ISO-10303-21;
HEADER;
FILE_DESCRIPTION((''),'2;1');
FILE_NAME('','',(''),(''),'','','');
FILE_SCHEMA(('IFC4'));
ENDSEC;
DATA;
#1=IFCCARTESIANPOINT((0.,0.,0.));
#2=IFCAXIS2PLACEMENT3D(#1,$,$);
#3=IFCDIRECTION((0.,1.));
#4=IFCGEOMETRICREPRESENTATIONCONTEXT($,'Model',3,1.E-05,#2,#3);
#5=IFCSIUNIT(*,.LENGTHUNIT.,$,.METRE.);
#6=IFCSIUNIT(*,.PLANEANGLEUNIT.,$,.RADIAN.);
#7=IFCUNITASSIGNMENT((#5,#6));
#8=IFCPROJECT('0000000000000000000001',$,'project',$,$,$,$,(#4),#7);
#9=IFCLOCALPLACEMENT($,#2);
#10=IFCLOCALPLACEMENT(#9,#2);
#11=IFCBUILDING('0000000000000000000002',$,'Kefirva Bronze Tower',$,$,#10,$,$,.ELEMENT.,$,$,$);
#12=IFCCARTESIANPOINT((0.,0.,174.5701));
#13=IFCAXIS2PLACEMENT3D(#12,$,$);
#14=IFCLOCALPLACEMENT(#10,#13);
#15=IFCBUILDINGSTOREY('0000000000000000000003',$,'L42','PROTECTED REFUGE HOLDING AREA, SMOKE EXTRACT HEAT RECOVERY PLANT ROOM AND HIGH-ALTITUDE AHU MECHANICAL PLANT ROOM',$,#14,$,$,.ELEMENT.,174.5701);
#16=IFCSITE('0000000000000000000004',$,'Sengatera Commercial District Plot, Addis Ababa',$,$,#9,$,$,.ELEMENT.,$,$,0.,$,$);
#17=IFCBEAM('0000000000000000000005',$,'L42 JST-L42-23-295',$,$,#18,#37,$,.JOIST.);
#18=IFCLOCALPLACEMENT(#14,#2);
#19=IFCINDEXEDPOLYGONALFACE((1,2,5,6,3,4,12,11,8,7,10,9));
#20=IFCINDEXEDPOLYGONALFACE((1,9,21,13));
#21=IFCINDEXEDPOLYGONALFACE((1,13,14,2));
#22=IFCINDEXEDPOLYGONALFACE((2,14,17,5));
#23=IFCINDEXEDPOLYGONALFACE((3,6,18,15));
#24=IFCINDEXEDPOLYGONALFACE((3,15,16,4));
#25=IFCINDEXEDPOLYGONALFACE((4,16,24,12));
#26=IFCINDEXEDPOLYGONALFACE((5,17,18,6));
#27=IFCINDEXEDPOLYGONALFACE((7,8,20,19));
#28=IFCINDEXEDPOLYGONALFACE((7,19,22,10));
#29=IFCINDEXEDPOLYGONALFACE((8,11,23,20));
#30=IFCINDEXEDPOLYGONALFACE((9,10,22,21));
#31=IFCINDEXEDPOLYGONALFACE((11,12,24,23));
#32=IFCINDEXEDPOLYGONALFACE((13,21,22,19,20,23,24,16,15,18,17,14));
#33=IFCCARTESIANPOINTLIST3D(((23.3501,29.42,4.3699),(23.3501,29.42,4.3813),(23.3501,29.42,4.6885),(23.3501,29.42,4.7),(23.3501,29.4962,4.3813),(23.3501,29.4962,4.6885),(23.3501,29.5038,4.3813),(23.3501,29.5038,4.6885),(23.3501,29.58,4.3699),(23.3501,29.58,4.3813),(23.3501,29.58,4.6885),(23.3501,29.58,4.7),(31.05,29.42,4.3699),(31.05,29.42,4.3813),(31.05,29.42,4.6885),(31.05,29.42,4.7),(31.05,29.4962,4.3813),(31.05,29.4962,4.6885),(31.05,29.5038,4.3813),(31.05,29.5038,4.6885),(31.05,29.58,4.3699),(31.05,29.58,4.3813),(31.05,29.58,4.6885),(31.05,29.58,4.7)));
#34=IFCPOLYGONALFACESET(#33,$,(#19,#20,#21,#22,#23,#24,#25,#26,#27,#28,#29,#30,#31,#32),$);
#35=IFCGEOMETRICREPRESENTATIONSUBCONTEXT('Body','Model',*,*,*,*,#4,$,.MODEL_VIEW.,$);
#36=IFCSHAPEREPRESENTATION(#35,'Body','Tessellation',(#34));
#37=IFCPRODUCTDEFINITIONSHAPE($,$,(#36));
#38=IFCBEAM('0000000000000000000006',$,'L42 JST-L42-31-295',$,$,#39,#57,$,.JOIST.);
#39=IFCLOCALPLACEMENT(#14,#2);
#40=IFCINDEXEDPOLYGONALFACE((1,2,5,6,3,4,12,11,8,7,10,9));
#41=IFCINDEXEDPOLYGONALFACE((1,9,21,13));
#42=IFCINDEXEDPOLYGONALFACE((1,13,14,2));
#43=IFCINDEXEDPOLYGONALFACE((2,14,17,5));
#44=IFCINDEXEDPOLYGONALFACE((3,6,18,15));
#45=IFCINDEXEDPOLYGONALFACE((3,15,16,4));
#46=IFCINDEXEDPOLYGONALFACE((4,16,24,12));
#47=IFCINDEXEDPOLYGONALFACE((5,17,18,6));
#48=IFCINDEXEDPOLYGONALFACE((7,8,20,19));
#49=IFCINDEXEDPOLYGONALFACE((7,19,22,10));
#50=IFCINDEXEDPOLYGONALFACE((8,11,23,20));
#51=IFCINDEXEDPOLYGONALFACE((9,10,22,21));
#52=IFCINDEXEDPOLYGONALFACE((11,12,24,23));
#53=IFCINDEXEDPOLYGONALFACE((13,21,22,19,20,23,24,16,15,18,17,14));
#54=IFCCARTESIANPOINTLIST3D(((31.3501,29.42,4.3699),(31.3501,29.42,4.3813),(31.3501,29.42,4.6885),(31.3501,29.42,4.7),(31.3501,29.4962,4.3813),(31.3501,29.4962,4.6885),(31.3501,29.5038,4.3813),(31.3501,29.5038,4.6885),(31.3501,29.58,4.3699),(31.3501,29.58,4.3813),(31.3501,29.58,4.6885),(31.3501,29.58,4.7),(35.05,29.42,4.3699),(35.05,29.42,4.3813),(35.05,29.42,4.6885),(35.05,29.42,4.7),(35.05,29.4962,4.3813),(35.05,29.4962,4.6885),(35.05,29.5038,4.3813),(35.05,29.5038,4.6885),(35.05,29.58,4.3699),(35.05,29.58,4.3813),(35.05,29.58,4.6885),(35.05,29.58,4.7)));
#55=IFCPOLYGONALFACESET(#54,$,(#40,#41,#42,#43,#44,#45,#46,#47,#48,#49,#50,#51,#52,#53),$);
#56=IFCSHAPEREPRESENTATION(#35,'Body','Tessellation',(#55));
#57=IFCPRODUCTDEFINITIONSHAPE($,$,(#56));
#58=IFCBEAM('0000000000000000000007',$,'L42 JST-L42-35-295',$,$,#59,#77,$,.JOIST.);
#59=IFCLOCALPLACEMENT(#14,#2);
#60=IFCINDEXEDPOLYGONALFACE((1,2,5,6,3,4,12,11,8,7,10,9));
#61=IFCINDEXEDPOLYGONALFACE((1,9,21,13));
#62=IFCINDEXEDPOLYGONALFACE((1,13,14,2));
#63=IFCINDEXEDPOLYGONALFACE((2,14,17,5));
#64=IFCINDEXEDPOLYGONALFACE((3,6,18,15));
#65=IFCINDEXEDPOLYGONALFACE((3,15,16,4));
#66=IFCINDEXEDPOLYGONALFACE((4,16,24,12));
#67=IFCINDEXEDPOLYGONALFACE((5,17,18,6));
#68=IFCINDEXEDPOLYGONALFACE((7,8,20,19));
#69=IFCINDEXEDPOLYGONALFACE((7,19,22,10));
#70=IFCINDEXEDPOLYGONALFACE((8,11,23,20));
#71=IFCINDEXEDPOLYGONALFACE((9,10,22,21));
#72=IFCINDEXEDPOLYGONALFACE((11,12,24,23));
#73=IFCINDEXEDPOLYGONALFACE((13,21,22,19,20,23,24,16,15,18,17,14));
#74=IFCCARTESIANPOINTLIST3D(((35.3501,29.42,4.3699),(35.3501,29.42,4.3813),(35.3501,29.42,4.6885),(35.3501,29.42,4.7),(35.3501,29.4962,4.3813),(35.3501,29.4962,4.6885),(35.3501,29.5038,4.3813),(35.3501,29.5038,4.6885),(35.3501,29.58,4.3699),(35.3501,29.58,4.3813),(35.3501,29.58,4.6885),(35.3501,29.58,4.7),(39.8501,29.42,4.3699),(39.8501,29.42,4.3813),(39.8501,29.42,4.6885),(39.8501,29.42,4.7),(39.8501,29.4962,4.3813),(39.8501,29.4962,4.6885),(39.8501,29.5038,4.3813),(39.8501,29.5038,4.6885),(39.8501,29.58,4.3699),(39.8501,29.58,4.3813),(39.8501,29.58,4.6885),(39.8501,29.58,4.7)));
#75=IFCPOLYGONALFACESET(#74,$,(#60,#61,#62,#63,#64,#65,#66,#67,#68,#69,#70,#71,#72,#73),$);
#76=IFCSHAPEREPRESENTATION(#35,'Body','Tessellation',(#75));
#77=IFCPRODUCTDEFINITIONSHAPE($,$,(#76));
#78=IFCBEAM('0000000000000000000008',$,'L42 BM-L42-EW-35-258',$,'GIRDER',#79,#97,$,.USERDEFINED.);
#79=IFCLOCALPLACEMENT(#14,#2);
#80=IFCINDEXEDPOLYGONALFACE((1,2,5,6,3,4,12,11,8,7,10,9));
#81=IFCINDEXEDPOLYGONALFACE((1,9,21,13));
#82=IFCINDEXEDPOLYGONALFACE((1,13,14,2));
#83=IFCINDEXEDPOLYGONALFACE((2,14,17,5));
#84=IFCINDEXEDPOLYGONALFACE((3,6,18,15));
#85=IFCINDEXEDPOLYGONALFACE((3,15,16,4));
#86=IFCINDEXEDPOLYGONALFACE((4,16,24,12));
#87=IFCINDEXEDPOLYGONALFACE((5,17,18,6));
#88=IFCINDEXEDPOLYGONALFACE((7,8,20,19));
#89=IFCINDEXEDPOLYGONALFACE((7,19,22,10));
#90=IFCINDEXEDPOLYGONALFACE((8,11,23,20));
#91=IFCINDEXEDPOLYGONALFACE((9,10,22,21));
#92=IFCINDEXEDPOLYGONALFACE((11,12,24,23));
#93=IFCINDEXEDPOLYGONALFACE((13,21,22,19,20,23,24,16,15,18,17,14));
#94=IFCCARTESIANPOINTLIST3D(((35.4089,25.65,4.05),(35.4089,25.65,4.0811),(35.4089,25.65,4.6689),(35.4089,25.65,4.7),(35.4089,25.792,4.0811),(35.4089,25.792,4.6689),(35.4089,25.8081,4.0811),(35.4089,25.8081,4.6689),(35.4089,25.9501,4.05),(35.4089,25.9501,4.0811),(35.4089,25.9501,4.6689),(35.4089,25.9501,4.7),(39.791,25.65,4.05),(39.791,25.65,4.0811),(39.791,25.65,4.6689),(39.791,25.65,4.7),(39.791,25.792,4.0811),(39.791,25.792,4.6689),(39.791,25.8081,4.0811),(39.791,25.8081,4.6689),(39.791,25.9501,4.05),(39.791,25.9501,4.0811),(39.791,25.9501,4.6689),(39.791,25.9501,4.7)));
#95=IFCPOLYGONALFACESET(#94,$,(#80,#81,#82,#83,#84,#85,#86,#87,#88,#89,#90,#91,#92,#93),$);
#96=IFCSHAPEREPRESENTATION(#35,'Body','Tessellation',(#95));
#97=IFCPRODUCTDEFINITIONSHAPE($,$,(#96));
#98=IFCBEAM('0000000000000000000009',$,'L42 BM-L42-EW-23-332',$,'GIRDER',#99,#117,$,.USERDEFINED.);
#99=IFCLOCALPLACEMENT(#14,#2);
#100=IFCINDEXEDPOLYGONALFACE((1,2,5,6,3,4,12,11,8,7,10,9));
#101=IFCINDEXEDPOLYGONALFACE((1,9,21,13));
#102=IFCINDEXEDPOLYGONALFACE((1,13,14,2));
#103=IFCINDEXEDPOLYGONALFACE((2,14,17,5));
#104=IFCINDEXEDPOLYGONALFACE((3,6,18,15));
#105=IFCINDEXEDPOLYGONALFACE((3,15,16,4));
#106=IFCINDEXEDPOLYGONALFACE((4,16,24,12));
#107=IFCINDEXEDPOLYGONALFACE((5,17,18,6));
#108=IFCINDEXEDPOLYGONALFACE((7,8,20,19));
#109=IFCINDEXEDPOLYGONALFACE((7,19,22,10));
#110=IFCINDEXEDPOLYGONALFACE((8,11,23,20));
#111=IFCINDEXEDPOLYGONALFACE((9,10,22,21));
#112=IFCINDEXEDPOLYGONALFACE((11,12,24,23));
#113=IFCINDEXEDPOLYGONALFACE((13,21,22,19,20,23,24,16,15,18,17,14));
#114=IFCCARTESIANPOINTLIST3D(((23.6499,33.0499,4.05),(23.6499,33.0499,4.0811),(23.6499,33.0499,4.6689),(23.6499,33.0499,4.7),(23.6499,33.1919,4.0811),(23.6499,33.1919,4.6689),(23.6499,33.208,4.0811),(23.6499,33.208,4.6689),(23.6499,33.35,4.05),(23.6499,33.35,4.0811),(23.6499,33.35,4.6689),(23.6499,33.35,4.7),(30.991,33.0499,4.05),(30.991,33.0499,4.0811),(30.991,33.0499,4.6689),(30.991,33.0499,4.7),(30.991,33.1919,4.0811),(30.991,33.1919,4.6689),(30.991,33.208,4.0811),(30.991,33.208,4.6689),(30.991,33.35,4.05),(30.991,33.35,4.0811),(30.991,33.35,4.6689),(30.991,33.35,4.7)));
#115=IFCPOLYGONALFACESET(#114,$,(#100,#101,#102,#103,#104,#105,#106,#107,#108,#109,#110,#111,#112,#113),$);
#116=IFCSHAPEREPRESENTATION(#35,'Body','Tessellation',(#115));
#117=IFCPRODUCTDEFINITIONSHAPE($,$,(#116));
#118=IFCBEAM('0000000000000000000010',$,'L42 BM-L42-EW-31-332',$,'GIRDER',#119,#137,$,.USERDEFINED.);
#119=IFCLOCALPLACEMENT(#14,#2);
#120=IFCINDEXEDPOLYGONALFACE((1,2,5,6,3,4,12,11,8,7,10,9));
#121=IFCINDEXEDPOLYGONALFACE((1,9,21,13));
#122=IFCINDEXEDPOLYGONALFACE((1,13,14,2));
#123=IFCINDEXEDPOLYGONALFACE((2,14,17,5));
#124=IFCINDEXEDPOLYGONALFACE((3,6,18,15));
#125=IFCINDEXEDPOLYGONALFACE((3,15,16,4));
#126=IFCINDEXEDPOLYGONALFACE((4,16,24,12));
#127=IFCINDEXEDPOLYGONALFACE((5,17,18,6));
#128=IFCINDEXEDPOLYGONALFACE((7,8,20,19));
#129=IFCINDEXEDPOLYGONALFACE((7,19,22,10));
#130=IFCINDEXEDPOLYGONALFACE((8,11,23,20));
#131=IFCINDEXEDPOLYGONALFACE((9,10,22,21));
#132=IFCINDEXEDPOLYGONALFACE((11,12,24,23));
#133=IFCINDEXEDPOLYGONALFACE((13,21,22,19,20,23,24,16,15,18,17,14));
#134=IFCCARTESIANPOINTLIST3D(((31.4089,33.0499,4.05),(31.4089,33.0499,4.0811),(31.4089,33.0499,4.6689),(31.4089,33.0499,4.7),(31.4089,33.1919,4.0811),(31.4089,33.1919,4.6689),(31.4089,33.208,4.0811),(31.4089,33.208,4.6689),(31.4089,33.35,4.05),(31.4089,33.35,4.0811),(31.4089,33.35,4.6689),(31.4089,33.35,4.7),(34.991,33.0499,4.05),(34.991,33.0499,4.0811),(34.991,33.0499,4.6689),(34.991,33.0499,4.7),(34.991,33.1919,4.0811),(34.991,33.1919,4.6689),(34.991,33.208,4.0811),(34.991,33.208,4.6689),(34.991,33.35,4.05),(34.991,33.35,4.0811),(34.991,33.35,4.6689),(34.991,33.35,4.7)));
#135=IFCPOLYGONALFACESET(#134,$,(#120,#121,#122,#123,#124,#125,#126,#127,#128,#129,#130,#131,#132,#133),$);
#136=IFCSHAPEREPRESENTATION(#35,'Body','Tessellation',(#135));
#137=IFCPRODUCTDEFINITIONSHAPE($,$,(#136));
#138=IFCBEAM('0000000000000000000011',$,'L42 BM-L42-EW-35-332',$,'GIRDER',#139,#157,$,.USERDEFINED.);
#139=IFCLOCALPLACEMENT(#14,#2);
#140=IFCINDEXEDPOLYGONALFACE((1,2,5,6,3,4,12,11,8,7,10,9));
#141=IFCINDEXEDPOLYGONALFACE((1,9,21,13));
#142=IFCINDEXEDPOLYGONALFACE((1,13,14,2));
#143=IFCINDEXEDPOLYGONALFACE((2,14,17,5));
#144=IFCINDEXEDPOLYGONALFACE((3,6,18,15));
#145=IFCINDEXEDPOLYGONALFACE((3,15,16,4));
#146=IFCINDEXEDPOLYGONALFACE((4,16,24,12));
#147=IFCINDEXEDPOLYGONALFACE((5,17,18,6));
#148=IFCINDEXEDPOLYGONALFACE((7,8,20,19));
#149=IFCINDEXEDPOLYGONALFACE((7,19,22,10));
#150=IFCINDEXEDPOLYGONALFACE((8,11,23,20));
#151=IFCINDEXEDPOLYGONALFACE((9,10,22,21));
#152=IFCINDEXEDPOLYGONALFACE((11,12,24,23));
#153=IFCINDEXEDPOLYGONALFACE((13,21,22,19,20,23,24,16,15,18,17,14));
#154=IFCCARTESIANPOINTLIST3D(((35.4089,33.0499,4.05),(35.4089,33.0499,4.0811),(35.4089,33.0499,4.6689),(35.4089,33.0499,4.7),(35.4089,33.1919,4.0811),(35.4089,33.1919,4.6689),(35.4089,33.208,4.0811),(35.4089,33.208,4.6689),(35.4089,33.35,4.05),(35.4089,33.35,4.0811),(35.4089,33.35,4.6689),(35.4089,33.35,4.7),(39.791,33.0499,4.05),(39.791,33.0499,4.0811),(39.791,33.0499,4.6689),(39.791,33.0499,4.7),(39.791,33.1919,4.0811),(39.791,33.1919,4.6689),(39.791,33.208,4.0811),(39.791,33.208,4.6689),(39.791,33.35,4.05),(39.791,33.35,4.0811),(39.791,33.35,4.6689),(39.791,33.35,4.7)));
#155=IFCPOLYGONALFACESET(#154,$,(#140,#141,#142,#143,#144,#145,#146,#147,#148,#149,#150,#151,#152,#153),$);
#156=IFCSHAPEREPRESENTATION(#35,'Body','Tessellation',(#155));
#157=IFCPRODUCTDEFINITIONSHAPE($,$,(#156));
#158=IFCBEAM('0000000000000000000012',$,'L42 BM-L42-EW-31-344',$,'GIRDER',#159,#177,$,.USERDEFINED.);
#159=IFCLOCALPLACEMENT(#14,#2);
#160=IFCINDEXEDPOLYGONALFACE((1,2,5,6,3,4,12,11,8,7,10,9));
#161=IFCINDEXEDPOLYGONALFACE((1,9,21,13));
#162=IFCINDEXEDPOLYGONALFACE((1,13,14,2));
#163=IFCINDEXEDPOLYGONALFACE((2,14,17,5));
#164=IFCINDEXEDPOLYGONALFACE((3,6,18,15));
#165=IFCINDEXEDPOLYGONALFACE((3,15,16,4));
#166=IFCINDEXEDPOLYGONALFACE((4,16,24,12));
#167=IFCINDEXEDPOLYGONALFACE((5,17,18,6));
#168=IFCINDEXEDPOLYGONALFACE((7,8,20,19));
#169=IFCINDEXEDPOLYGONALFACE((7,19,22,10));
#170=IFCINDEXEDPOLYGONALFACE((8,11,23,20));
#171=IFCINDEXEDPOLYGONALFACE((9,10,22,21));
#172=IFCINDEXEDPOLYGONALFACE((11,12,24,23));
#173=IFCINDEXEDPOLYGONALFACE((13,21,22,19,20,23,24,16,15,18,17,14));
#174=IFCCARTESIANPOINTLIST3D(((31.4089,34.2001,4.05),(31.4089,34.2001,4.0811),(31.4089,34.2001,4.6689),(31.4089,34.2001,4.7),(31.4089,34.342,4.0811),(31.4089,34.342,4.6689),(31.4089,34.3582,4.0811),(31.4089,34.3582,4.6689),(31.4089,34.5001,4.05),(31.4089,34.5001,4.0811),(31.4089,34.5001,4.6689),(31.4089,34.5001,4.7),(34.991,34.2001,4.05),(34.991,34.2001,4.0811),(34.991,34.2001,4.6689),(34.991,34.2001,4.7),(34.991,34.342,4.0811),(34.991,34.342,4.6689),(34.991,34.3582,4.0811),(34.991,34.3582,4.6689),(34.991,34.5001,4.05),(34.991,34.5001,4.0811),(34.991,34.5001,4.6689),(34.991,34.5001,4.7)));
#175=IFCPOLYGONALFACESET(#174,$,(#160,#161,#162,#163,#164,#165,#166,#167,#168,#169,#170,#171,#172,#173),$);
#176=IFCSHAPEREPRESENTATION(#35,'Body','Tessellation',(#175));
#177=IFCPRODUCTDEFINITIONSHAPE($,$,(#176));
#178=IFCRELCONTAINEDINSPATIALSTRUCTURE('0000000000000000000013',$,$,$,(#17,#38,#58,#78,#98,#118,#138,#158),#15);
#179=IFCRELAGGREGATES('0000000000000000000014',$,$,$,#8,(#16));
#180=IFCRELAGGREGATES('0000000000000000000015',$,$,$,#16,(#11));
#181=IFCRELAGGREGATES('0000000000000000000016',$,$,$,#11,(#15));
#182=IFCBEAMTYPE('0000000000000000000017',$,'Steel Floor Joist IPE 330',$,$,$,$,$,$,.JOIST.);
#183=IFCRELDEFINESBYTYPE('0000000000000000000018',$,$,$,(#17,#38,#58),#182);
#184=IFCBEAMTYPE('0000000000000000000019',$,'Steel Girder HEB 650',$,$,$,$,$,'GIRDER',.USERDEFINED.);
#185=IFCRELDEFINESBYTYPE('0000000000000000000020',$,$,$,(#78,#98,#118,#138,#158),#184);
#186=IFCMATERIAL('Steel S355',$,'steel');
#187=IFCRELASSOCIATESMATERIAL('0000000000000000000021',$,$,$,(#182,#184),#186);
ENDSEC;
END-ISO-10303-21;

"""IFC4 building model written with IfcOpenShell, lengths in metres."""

from ifc_helpers import new_model, si_unit, direction, frame, origin, origin_2d, place, context, subcontext, project, spatial, i_section, extrude, material, material_profile, profile_set, type_object, element, save


model = new_model("IFC4")

# Units and contexts
model_context = context("Model", 3, precision=1e-05, world=origin(), true_north=direction((0.0, 1.0)))
body_context = subcontext(model_context, "Body", "Model", "MODEL_VIEW")
ifc_project = project(units=[si_unit("LENGTHUNIT", "METRE"), si_unit("PLANEANGLEUNIT", "RADIAN")], contexts=[model_context])

# Site, building, storey
site_placement = place(None, origin())
site = spatial("IfcSite", under=ifc_project, at=site_placement, Name="Sengatera Commercial District Plot, Addis Ababa", CompositionType="ELEMENT", RefElevation=0.0)
building_placement = place(site_placement, origin())
building = spatial("IfcBuilding", under=site, at=building_placement, Name="Kefirva Bronze Tower", CompositionType="ELEMENT")
storey_placement = place(building_placement, frame((0.0, 0.0, 174.5701)))
storey = spatial("IfcBuildingStorey", under=building, at=storey_placement, Name="L42", Description="PROTECTED REFUGE HOLDING AREA, SMOKE EXTRACT HEAT RECOVERY PLANT ROOM AND HIGH-ALTITUDE AHU MECHANICAL PLANT ROOM", CompositionType="ELEMENT", Elevation=174.5701)

# Beams
ifc_material_1 = material(Name="Steel S355", Category="steel")
ifc_material_profile_1 = material_profile(ifc_material_1, i_section(OverallWidth=0.1599, OverallDepth=0.3301, WebThickness=0.0076, FlangeThickness=0.0115, at=origin_2d()), Name="IPE 330")
ifc_profile_set_1 = profile_set([ifc_material_profile_1], Name="Steel S355")
beam_type_1 = type_object("IfcBeamType", Name="Steel Floor Joist IPE 330", PredefinedType="JOIST", material=ifc_profile_set_1)
beam_1_placement = place(storey_placement, frame((23.3501, 29.5, 4.5349), z_axis=(1.0, 0.0, 0.0), x_axis=(0.0, 1.0, 0.0)))
element("IfcBeam", 1, at=beam_1_placement, inside=storey, type_object=beam_type_1, Name="L42 JST-L42-23-295", PredefinedType="JOIST", context=body_context, shape_type="SweptSolid", body=[
    extrude(i_section(OverallWidth=0.1599, OverallDepth=0.3301, WebThickness=0.0076, FlangeThickness=0.0115, at=origin_2d()), origin(), (0.0, 0.0, 1.0), 7.7),
])
beam_2_placement = place(storey_placement, frame((31.3501, 29.5, 4.5349), z_axis=(1.0, 0.0, 0.0), x_axis=(0.0, 1.0, 0.0)))
element("IfcBeam", 2, at=beam_2_placement, inside=storey, type_object=beam_type_1, Name="L42 JST-L42-31-295", PredefinedType="JOIST", context=body_context, shape_type="SweptSolid", body=[
    extrude(i_section(OverallWidth=0.1599, OverallDepth=0.3301, WebThickness=0.0076, FlangeThickness=0.0115, at=origin_2d()), origin(), (0.0, 0.0, 1.0), 3.7),
])
beam_3_placement = place(storey_placement, frame((35.3501, 29.5, 4.5349), z_axis=(1.0, 0.0, 0.0), x_axis=(0.0, 1.0, 0.0)))
element("IfcBeam", 3, at=beam_3_placement, inside=storey, type_object=beam_type_1, Name="L42 JST-L42-35-295", PredefinedType="JOIST", context=body_context, shape_type="SweptSolid", body=[
    extrude(i_section(OverallWidth=0.1599, OverallDepth=0.3301, WebThickness=0.0076, FlangeThickness=0.0115, at=origin_2d()), origin(), (0.0, 0.0, 1.0), 4.5),
])
ifc_material_profile_2 = material_profile(ifc_material_1, i_section(OverallWidth=0.3, OverallDepth=0.6499, WebThickness=0.0161, FlangeThickness=0.031, at=origin_2d()), Name="HEB 650")
ifc_profile_set_2 = profile_set([ifc_material_profile_2], Name="Steel S355")
beam_type_2 = type_object("IfcBeamType", Name="Steel Girder HEB 650", ElementType="GIRDER", PredefinedType="USERDEFINED", material=ifc_profile_set_2)
beam_4_placement = place(storey_placement, frame((35.4089, 25.8, 4.375), z_axis=(1.0, 0.0, 0.0), x_axis=(0.0, 1.0, 0.0)))
element("IfcBeam", 4, at=beam_4_placement, inside=storey, type_object=beam_type_2, Name="L42 BM-L42-EW-35-258", ObjectType="GIRDER", PredefinedType="USERDEFINED", context=body_context, shape_type="SweptSolid", body=[
    extrude(i_section(OverallWidth=0.3, OverallDepth=0.6499, WebThickness=0.0161, FlangeThickness=0.031, at=origin_2d()), origin(), (0.0, 0.0, 1.0), 4.3821),
])
beam_5_placement = place(storey_placement, frame((23.6499, 33.2, 4.375), z_axis=(1.0, 0.0, 0.0), x_axis=(0.0, 1.0, 0.0)))
element("IfcBeam", 5, at=beam_5_placement, inside=storey, type_object=beam_type_2, Name="L42 BM-L42-EW-23-332", ObjectType="GIRDER", PredefinedType="USERDEFINED", context=body_context, shape_type="SweptSolid", body=[
    extrude(i_section(OverallWidth=0.3, OverallDepth=0.6499, WebThickness=0.0161, FlangeThickness=0.031, at=origin_2d()), origin(), (0.0, 0.0, 1.0), 7.3411),
])
beam_6_placement = place(storey_placement, frame((31.4089, 33.2, 4.375), z_axis=(1.0, 0.0, 0.0), x_axis=(0.0, 1.0, 0.0)))
element("IfcBeam", 6, at=beam_6_placement, inside=storey, type_object=beam_type_2, Name="L42 BM-L42-EW-31-332", ObjectType="GIRDER", PredefinedType="USERDEFINED", context=body_context, shape_type="SweptSolid", body=[
    extrude(i_section(OverallWidth=0.3, OverallDepth=0.6499, WebThickness=0.0161, FlangeThickness=0.031, at=origin_2d()), origin(), (0.0, 0.0, 1.0), 3.582),
])
beam_7_placement = place(storey_placement, frame((35.4089, 33.2, 4.375), z_axis=(1.0, 0.0, 0.0), x_axis=(0.0, 1.0, 0.0)))
element("IfcBeam", 7, at=beam_7_placement, inside=storey, type_object=beam_type_2, Name="L42 BM-L42-EW-35-332", ObjectType="GIRDER", PredefinedType="USERDEFINED", context=body_context, shape_type="SweptSolid", body=[
    extrude(i_section(OverallWidth=0.3, OverallDepth=0.6499, WebThickness=0.0161, FlangeThickness=0.031, at=origin_2d()), origin(), (0.0, 0.0, 1.0), 4.3821),
])
beam_8_placement = place(storey_placement, frame((31.4089, 34.3501, 4.375), z_axis=(1.0, 0.0, 0.0), x_axis=(0.0, 1.0, 0.0)))
element("IfcBeam", 8, at=beam_8_placement, inside=storey, type_object=beam_type_2, Name="L42 BM-L42-EW-31-344", ObjectType="GIRDER", PredefinedType="USERDEFINED", context=body_context, shape_type="SweptSolid", body=[
    extrude(i_section(OverallWidth=0.3, OverallDepth=0.6499, WebThickness=0.0161, FlangeThickness=0.031, at=origin_2d()), origin(), (0.0, 0.0, 1.0), 3.582),
])

save(model, "model.ifc")
